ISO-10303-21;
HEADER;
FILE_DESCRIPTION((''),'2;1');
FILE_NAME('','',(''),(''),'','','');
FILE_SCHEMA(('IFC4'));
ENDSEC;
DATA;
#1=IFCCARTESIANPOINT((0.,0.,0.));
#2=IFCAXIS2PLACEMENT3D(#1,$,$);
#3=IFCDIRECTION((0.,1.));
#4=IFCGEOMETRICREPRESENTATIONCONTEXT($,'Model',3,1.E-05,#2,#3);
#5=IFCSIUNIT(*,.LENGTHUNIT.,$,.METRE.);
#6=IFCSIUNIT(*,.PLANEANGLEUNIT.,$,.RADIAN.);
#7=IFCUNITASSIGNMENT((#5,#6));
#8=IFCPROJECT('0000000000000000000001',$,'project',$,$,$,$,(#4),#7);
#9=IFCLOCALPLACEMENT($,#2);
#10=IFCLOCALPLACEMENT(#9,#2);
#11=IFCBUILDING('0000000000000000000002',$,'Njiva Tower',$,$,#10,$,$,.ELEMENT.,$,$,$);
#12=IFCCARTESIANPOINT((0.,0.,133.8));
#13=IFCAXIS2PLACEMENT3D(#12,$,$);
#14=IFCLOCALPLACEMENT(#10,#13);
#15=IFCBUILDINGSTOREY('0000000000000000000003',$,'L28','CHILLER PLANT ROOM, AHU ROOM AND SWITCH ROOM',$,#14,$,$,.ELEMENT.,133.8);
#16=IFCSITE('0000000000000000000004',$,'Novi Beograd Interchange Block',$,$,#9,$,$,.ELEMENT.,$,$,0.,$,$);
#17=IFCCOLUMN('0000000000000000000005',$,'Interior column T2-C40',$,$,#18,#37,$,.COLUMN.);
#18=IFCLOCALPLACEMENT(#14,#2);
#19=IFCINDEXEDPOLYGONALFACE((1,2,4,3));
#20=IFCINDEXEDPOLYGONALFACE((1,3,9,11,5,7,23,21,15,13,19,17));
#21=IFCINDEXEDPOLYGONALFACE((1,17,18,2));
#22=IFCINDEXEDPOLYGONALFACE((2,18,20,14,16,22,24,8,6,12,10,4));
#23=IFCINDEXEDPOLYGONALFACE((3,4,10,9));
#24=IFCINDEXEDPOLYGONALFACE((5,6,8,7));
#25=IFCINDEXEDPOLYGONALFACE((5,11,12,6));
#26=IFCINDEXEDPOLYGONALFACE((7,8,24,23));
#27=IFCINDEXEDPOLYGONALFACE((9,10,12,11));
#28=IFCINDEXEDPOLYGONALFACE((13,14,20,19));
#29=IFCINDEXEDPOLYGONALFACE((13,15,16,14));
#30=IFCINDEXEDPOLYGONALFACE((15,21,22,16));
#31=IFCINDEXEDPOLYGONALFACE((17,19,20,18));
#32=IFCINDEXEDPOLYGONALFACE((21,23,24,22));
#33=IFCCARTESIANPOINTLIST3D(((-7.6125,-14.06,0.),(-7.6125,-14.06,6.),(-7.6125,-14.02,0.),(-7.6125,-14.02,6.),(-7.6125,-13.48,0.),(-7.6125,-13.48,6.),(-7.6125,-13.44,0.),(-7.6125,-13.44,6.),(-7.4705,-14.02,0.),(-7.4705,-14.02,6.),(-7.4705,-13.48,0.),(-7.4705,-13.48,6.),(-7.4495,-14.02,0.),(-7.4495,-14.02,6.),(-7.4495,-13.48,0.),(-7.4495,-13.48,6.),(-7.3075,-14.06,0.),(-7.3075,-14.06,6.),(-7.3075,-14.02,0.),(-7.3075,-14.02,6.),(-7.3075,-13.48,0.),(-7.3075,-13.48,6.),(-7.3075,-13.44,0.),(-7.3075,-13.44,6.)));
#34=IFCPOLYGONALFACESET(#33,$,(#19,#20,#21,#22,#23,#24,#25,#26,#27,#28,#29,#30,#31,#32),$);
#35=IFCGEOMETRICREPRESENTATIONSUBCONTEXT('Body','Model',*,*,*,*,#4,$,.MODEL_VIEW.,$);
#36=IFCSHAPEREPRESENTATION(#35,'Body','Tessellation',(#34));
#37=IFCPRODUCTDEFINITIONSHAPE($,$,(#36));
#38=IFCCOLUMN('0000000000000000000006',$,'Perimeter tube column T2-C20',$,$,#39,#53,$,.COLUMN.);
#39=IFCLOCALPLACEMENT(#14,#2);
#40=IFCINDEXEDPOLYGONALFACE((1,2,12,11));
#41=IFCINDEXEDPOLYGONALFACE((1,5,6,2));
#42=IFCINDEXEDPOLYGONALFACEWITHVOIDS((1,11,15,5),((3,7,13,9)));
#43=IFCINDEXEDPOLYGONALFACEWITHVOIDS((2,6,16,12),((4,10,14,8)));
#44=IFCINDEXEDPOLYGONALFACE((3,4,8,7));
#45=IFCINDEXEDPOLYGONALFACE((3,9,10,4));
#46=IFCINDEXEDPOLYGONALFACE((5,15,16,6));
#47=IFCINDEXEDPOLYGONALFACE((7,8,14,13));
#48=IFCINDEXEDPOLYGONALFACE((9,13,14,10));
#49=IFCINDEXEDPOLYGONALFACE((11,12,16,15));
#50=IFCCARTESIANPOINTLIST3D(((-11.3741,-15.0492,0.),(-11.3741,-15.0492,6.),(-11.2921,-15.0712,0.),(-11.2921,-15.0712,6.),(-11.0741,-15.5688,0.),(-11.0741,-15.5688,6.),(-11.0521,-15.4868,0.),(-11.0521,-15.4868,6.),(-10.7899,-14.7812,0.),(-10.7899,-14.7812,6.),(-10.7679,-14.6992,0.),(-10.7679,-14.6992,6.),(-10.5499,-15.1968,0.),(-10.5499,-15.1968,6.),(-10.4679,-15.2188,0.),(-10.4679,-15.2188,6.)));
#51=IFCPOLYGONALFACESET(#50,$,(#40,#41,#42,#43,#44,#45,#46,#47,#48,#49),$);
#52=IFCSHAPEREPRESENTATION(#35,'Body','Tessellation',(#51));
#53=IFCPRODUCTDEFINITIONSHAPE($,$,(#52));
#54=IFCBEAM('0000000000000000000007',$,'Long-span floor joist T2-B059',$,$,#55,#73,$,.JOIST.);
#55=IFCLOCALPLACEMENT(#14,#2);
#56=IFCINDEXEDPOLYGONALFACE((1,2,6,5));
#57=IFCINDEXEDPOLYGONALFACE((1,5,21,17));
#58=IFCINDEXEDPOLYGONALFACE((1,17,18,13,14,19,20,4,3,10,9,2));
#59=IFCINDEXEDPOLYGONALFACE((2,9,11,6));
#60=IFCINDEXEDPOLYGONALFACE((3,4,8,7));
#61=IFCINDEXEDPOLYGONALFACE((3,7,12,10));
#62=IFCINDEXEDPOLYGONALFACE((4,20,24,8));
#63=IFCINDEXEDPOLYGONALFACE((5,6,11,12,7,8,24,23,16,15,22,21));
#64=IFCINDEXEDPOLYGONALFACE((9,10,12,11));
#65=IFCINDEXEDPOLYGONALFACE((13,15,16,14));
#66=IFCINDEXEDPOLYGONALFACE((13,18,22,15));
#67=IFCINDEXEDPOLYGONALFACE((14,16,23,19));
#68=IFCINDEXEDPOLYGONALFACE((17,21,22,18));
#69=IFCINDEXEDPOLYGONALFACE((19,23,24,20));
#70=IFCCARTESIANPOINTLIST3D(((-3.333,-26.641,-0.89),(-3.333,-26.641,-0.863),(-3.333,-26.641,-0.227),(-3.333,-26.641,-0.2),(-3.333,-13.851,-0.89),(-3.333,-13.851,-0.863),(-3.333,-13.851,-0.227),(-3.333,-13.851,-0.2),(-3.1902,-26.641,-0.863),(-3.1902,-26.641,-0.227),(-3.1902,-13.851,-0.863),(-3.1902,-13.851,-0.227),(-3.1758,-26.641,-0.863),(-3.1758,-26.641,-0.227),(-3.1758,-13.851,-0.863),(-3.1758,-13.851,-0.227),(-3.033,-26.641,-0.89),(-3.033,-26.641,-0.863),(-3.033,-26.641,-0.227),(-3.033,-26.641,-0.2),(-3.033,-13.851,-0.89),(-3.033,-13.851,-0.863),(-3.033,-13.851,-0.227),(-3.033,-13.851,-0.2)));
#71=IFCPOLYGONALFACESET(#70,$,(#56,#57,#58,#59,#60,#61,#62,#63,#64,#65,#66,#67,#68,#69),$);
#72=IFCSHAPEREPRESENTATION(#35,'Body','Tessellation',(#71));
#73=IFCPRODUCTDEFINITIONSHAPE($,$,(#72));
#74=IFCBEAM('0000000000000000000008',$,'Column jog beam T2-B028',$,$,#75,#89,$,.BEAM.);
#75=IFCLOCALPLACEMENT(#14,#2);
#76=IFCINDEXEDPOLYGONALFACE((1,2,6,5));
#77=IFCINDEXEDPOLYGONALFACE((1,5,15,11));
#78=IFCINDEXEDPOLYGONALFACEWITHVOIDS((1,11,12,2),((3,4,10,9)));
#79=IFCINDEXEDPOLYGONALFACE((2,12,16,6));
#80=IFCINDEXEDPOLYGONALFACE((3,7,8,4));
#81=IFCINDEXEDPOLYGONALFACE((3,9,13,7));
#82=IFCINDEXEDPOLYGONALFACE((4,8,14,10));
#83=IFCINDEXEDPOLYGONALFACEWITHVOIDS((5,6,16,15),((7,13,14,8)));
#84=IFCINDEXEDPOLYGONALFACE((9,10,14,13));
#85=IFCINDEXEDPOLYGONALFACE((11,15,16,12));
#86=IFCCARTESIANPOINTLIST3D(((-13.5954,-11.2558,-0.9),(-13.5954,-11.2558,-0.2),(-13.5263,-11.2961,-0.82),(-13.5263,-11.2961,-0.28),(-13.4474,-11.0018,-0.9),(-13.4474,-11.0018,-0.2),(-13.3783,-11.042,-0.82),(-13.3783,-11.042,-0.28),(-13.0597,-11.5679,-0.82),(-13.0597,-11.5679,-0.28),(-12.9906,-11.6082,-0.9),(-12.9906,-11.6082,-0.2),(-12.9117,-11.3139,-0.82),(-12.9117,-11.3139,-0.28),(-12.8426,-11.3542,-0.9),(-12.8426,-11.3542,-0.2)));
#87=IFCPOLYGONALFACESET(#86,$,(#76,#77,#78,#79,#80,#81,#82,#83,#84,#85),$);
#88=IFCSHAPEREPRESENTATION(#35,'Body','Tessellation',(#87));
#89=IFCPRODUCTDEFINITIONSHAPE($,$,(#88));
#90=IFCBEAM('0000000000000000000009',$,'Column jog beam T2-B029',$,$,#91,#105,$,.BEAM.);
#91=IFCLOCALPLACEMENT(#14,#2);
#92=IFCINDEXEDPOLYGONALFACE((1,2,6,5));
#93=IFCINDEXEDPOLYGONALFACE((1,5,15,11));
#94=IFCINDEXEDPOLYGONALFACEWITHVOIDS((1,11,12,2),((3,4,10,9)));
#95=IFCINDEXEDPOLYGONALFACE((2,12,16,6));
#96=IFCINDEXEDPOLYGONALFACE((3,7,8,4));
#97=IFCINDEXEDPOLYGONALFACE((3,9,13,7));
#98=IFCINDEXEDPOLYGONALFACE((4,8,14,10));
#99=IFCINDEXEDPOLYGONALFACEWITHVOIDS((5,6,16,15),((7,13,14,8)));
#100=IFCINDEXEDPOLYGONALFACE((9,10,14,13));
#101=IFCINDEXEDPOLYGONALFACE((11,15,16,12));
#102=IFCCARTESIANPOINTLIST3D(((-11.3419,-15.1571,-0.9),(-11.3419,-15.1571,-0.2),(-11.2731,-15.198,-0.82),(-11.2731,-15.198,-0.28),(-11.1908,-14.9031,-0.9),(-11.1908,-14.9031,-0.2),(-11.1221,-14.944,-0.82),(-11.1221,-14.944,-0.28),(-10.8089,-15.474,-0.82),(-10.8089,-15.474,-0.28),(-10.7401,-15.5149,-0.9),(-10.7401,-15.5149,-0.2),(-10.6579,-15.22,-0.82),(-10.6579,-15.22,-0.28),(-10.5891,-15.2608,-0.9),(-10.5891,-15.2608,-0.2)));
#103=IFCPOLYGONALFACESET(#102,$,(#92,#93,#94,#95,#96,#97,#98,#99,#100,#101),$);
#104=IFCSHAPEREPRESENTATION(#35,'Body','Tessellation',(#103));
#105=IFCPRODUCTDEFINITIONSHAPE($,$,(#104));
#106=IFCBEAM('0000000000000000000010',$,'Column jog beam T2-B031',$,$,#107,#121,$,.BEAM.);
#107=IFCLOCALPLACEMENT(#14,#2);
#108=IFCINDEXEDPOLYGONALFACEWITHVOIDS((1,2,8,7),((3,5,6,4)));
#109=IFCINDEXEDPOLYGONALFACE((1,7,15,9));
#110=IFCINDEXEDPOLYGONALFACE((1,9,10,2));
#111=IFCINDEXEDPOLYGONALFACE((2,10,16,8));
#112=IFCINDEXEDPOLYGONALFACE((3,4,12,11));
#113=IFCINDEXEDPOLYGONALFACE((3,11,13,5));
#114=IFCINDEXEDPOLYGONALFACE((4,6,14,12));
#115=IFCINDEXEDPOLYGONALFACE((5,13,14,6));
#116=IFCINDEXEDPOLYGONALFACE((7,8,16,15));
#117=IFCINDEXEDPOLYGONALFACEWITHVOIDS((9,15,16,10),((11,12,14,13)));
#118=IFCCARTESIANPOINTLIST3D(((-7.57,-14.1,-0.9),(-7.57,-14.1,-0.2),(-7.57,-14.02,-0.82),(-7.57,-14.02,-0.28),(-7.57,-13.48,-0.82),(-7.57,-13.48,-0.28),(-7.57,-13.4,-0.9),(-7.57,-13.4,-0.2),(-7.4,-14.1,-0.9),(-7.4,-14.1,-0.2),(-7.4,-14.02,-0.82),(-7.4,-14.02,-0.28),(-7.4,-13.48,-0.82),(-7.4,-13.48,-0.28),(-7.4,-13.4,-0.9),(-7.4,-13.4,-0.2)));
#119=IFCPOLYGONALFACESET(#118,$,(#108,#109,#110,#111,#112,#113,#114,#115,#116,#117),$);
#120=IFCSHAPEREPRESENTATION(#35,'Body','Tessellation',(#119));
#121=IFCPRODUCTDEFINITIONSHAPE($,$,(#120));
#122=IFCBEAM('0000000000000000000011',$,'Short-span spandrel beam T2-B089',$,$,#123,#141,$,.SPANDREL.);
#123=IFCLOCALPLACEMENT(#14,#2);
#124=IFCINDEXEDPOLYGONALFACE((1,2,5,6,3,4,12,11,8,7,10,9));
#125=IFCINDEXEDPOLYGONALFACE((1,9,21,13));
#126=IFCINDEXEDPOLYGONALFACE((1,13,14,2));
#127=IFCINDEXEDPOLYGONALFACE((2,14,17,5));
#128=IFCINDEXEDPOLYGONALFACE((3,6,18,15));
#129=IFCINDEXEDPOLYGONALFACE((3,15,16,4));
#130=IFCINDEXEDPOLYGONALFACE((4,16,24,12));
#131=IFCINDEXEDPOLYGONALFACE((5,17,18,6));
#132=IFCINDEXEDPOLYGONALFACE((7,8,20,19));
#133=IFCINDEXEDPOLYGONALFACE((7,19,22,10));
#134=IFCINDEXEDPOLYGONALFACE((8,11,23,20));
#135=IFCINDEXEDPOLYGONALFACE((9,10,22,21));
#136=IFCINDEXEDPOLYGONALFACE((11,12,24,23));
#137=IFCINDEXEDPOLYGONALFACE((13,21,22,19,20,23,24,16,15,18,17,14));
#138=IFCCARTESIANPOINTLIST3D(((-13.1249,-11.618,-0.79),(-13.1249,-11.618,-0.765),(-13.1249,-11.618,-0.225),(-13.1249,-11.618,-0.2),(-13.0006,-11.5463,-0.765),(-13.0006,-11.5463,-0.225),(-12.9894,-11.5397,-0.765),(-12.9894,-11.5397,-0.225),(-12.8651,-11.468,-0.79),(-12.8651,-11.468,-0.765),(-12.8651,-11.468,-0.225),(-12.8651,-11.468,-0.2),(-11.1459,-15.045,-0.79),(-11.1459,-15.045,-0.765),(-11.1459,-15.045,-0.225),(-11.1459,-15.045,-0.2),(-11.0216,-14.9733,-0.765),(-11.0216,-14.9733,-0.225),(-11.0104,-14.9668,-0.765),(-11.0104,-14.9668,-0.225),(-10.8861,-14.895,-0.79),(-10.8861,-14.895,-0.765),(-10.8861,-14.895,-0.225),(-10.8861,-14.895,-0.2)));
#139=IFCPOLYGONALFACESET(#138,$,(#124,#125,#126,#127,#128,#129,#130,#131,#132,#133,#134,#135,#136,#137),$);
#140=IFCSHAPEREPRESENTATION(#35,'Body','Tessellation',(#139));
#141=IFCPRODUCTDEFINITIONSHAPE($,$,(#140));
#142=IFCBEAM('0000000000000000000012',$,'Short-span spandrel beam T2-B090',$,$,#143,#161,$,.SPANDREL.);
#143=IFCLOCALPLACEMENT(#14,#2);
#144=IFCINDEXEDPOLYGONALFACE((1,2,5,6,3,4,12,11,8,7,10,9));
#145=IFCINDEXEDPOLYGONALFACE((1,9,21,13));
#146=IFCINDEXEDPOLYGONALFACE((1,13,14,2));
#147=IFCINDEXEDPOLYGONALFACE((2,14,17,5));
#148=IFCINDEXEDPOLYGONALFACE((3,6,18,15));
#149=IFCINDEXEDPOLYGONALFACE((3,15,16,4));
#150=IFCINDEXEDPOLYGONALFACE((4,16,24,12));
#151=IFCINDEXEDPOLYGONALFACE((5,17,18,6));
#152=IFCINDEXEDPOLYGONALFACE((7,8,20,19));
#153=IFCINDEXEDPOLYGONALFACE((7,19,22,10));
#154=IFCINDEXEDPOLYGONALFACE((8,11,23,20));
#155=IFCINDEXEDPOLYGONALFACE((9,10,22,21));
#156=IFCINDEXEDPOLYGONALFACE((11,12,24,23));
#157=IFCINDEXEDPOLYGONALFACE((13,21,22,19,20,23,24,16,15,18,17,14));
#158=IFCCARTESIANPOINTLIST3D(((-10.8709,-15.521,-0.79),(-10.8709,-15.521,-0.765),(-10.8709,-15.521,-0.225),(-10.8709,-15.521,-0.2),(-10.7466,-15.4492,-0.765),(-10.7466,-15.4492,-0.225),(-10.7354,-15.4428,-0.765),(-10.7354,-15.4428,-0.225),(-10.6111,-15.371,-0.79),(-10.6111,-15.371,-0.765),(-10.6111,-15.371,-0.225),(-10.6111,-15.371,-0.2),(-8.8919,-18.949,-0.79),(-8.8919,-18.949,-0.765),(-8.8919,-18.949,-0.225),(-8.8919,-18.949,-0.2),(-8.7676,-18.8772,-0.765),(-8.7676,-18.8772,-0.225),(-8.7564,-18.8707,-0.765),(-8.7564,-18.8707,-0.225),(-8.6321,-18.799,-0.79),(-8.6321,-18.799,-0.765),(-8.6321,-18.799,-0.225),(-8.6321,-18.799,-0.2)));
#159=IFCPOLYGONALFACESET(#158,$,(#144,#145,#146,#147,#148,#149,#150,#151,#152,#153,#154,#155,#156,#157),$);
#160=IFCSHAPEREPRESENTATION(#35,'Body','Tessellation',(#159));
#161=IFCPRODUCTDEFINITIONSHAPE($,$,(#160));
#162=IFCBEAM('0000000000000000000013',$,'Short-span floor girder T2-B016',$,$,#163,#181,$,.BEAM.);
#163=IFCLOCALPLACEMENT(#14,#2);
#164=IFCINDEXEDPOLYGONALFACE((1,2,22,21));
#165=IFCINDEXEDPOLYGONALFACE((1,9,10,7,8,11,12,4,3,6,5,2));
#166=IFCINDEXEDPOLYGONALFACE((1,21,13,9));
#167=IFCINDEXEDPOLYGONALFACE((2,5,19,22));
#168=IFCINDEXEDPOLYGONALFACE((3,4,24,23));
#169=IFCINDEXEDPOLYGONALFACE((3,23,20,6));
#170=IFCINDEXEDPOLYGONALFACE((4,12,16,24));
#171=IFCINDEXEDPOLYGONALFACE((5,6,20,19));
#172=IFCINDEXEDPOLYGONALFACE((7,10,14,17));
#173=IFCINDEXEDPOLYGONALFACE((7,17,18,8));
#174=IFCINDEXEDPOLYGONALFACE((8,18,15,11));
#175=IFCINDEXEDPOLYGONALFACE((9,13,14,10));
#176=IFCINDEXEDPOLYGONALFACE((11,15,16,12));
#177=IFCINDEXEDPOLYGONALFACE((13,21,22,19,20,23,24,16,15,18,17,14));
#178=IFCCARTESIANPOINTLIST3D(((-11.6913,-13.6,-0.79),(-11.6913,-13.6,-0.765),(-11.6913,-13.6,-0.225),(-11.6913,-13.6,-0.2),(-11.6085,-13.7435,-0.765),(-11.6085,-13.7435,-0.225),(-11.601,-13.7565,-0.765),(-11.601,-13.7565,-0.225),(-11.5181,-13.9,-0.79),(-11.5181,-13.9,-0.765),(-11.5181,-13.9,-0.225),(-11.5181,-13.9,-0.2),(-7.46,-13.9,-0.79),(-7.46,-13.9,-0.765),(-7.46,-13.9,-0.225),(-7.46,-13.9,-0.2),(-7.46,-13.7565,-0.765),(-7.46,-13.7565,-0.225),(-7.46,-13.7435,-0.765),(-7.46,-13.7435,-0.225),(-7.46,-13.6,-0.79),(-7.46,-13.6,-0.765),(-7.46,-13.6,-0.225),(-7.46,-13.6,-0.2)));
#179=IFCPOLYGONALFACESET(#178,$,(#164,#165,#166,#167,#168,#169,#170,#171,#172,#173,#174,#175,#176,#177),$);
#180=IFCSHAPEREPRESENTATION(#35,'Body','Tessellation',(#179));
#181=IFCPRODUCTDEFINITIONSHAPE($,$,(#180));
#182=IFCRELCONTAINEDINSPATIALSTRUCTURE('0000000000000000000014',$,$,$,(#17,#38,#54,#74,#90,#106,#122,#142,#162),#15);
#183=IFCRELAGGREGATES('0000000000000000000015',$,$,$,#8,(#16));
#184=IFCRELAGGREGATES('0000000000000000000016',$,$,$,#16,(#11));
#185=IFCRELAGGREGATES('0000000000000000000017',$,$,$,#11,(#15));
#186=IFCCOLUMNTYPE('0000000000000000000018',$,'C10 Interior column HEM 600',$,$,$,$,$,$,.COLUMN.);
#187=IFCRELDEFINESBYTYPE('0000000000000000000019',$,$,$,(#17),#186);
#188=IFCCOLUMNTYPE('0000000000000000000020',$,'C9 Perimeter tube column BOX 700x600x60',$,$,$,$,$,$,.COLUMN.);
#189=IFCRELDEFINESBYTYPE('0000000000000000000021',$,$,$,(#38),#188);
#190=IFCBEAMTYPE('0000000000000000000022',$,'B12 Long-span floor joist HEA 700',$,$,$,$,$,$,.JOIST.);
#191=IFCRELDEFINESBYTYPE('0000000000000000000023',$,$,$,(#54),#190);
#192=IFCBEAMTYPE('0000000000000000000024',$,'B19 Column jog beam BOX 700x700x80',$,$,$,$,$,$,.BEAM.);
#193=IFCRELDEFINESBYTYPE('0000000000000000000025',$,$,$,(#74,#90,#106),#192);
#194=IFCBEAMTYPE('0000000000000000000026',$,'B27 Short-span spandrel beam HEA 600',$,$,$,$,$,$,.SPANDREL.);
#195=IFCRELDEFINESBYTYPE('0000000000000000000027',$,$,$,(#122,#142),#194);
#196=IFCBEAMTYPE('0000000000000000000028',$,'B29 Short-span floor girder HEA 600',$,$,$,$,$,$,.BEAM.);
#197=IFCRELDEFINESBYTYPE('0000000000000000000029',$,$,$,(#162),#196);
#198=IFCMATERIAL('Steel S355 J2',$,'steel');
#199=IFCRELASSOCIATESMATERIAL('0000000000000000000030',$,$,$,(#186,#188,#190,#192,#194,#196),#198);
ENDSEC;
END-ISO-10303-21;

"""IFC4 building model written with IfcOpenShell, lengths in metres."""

from ifc_helpers import new_model, si_unit, direction, frame, origin, origin_2d, place, context, subcontext, project, spatial, hollow_rectangle, i_section, extrude, clip, halfspace, material, material_profile, profile_set, type_object, element, save


model = new_model("IFC4")

# Units and contexts
model_context = context("Model", 3, precision=1e-05, world=origin(), true_north=direction((0.0, 1.0)))
body_context = subcontext(model_context, "Body", "Model", "MODEL_VIEW")
ifc_project = project(units=[si_unit("LENGTHUNIT", "METRE"), si_unit("PLANEANGLEUNIT", "RADIAN")], contexts=[model_context])

# Site, building, storey
site_placement = place(None, origin())
site = spatial("IfcSite", under=ifc_project, at=site_placement, Name="Novi Beograd Interchange Block", CompositionType="ELEMENT", RefElevation=0.0)
building_placement = place(site_placement, origin())
building = spatial("IfcBuilding", under=site, at=building_placement, Name="Njiva Tower", CompositionType="ELEMENT")
storey_placement = place(building_placement, frame((0.0, 0.0, 133.8)))
storey = spatial("IfcBuildingStorey", under=building, at=storey_placement, Name="L28", Description="CHILLER PLANT ROOM, AHU ROOM AND SWITCH ROOM", CompositionType="ELEMENT", Elevation=133.8)

# Columns
ifc_material_1 = material(Name="Steel S355 J2", Category="steel")
ifc_material_profile_1 = material_profile(ifc_material_1, i_section(OverallWidth=0.305, OverallDepth=0.62, WebThickness=0.021, FlangeThickness=0.04, at=origin_2d()), Name="HEM 600")
ifc_profile_set_1 = profile_set([ifc_material_profile_1], Name="Steel S355 J2")
column_type_1 = type_object("IfcColumnType", Name="C10 Interior column HEM 600", PredefinedType="COLUMN", material=ifc_profile_set_1)
column_1_placement = place(storey_placement, frame((-7.46, -13.75, 0.0), z_axis=(0.0, 0.0, 1.0), x_axis=(1.0, 0.0, 0.0)))
element("IfcColumn", 1, at=column_1_placement, inside=storey, type_object=column_type_1, Name="Interior column T2-C40", PredefinedType="COLUMN", context=body_context, shape_type="SweptSolid", body=[
    extrude(i_section(OverallWidth=0.305, OverallDepth=0.62, WebThickness=0.021, FlangeThickness=0.04, at=origin_2d()), origin(), (0.0, 0.0, 1.0), 6.0),
])
ifc_material_profile_2 = material_profile(ifc_material_1, hollow_rectangle(XDim=0.6, YDim=0.7, WallThickness=0.06, at=origin_2d()), Name="BOX 700x600x60")
ifc_profile_set_2 = profile_set([ifc_material_profile_2], Name="Steel S355 J2")
column_type_2 = type_object("IfcColumnType", Name="C9 Perimeter tube column BOX 700x600x60", PredefinedType="COLUMN", material=ifc_profile_set_2)
column_2_placement = place(storey_placement, frame((-10.921, -15.134, 0.0), z_axis=(0.0, 0.0, 1.0), x_axis=(0.5, -0.866025, 0.0)))
element("IfcColumn", 2, at=column_2_placement, inside=storey, type_object=column_type_2, Name="Perimeter tube column T2-C20", PredefinedType="COLUMN", context=body_context, shape_type="SweptSolid", body=[
    extrude(hollow_rectangle(XDim=0.6, YDim=0.7, WallThickness=0.06, at=origin_2d()), origin(), (0.0, 0.0, 1.0), 6.0),
])

# Beams
ifc_material_profile_3 = material_profile(ifc_material_1, i_section(OverallWidth=0.3, OverallDepth=0.69, WebThickness=0.0145, FlangeThickness=0.027, at=origin_2d()), Name="HEA 700")
ifc_profile_set_3 = profile_set([ifc_material_profile_3], Name="Steel S355 J2")
beam_type_1 = type_object("IfcBeamType", Name="B12 Long-span floor joist HEA 700", PredefinedType="JOIST", material=ifc_profile_set_3)
beam_1_placement = place(storey_placement, frame((-3.183, -13.851, -0.545), z_axis=(0.0, -1.0, 0.0), x_axis=(1.0, 0.0, 0.0)))
element("IfcBeam", 3, at=beam_1_placement, inside=storey, type_object=beam_type_1, Name="Long-span floor joist T2-B059", PredefinedType="JOIST", context=body_context, shape_type="SweptSolid", body=[
    extrude(i_section(OverallWidth=0.3, OverallDepth=0.69, WebThickness=0.0145, FlangeThickness=0.027, at=origin_2d()), origin(), (0.0, 0.0, 1.0), 12.79),
])
ifc_material_profile_4 = material_profile(ifc_material_1, hollow_rectangle(XDim=0.7, YDim=0.7, WallThickness=0.08, at=origin_2d()), Name="BOX 700x700x80")
ifc_profile_set_4 = profile_set([ifc_material_profile_4], Name="Steel S355 J2")
beam_type_2 = type_object("IfcBeamType", Name="B19 Column jog beam BOX 700x700x80", PredefinedType="BEAM", material=ifc_profile_set_4)
beam_2_placement = place(storey_placement, frame((-13.293, -11.432, -0.55), z_axis=(0.503448, 0.864026, 0.0), x_axis=(-0.864026, 0.503448, 0.0)))
element("IfcBeam", 4, at=beam_2_placement, inside=storey, type_object=beam_type_2, Name="Column jog beam T2-B028", PredefinedType="BEAM", context=body_context, shape_type="SweptSolid", body=[
    extrude(hollow_rectangle(XDim=0.7, YDim=0.7, WallThickness=0.08, at=origin_2d()), origin(), (0.0, 0.0, 1.0), 0.294),
])
beam_3_placement = place(storey_placement, frame((-11.041, -15.336, -0.55), z_axis=(0.511008, 0.859576, 0.0), x_axis=(-0.859576, 0.511008, 0.0)))
element("IfcBeam", 5, at=beam_3_placement, inside=storey, type_object=beam_type_2, Name="Column jog beam T2-B029", PredefinedType="BEAM", context=body_context, shape_type="SweptSolid", body=[
    extrude(hollow_rectangle(XDim=0.7, YDim=0.7, WallThickness=0.08, at=origin_2d()), origin(), (0.0, 0.0, 1.0), 0.2955),
])
beam_4_placement = place(storey_placement, frame((-7.57, -13.75, -0.55), z_axis=(1.0, 0.0, 0.0), x_axis=(0.0, 1.0, 0.0)))
element("IfcBeam", 6, at=beam_4_placement, inside=storey, type_object=beam_type_2, Name="Column jog beam T2-B031", PredefinedType="BEAM", context=body_context, shape_type="SweptSolid", body=[
    extrude(hollow_rectangle(XDim=0.7, YDim=0.7, WallThickness=0.08, at=origin_2d()), origin(), (0.0, 0.0, 1.0), 0.17),
])
ifc_material_profile_5 = material_profile(ifc_material_1, i_section(OverallWidth=0.3, OverallDepth=0.59, WebThickness=0.013, FlangeThickness=0.025, at=origin_2d()), Name="HEA 600")
ifc_profile_set_5 = profile_set([ifc_material_profile_5], Name="Steel S355 J2")
beam_type_3 = type_object("IfcBeamType", Name="B27 Short-span spandrel beam HEA 600", PredefinedType="SPANDREL", material=ifc_profile_set_5)
beam_5_placement = place(storey_placement, frame((-12.995, -11.543, -0.495), z_axis=(0.50008, -0.865979, 0.0), x_axis=(0.865979, 0.50008, 0.0)))
element("IfcBeam", 7, at=beam_5_placement, inside=storey, type_object=beam_type_3, Name="Short-span spandrel beam T2-B089", PredefinedType="SPANDREL", context=body_context, shape_type="SweptSolid", body=[
    extrude(i_section(OverallWidth=0.3, OverallDepth=0.59, WebThickness=0.013, FlangeThickness=0.025, at=origin_2d()), origin(), (0.0, 0.0, 1.0), 3.9574),
])
beam_6_placement = place(storey_placement, frame((-10.741, -15.446, -0.495), z_axis=(0.49997, -0.866043, 0.0), x_axis=(0.866043, 0.49997, 0.0)))
element("IfcBeam", 8, at=beam_6_placement, inside=storey, type_object=beam_type_3, Name="Short-span spandrel beam T2-B090", PredefinedType="SPANDREL", context=body_context, shape_type="SweptSolid", body=[
    extrude(i_section(OverallWidth=0.3, OverallDepth=0.59, WebThickness=0.013, FlangeThickness=0.025, at=origin_2d()), origin(), (0.0, 0.0, 1.0), 3.9582),
])
ifc_material_profile_6 = material_profile(ifc_material_1, i_section(OverallWidth=0.3, OverallDepth=0.59, WebThickness=0.013, FlangeThickness=0.025, at=origin_2d()), Name="HEA 600")
ifc_profile_set_6 = profile_set([ifc_material_profile_6], Name="Steel S355 J2")
beam_type_4 = type_object("IfcBeamType", Name="B29 Short-span floor girder HEA 600", PredefinedType="BEAM", material=ifc_profile_set_6)
beam_7_placement = place(storey_placement, frame((-11.712, -13.75, -0.495), z_axis=(1.0, 0.0, 0.0), x_axis=(0.0, 1.0, 0.0)))
element("IfcBeam", 9, at=beam_7_placement, inside=storey, type_object=beam_type_4, Name="Short-span floor girder T2-B016", PredefinedType="BEAM", context=body_context, shape_type="Clipping", body=[
    clip(extrude(i_section(OverallWidth=0.3, OverallDepth=0.59, WebThickness=0.013, FlangeThickness=0.025, at=origin_2d()), origin(), (0.0, 0.0, 1.0), 4.252), halfspace(frame((-0.025, 0.0, 0.1217), z_axis=(-0.499998, 0.0, -0.866027), x_axis=(0.0, -1.0, 0.0)), False)),
])

save(model, "model.ifc")
